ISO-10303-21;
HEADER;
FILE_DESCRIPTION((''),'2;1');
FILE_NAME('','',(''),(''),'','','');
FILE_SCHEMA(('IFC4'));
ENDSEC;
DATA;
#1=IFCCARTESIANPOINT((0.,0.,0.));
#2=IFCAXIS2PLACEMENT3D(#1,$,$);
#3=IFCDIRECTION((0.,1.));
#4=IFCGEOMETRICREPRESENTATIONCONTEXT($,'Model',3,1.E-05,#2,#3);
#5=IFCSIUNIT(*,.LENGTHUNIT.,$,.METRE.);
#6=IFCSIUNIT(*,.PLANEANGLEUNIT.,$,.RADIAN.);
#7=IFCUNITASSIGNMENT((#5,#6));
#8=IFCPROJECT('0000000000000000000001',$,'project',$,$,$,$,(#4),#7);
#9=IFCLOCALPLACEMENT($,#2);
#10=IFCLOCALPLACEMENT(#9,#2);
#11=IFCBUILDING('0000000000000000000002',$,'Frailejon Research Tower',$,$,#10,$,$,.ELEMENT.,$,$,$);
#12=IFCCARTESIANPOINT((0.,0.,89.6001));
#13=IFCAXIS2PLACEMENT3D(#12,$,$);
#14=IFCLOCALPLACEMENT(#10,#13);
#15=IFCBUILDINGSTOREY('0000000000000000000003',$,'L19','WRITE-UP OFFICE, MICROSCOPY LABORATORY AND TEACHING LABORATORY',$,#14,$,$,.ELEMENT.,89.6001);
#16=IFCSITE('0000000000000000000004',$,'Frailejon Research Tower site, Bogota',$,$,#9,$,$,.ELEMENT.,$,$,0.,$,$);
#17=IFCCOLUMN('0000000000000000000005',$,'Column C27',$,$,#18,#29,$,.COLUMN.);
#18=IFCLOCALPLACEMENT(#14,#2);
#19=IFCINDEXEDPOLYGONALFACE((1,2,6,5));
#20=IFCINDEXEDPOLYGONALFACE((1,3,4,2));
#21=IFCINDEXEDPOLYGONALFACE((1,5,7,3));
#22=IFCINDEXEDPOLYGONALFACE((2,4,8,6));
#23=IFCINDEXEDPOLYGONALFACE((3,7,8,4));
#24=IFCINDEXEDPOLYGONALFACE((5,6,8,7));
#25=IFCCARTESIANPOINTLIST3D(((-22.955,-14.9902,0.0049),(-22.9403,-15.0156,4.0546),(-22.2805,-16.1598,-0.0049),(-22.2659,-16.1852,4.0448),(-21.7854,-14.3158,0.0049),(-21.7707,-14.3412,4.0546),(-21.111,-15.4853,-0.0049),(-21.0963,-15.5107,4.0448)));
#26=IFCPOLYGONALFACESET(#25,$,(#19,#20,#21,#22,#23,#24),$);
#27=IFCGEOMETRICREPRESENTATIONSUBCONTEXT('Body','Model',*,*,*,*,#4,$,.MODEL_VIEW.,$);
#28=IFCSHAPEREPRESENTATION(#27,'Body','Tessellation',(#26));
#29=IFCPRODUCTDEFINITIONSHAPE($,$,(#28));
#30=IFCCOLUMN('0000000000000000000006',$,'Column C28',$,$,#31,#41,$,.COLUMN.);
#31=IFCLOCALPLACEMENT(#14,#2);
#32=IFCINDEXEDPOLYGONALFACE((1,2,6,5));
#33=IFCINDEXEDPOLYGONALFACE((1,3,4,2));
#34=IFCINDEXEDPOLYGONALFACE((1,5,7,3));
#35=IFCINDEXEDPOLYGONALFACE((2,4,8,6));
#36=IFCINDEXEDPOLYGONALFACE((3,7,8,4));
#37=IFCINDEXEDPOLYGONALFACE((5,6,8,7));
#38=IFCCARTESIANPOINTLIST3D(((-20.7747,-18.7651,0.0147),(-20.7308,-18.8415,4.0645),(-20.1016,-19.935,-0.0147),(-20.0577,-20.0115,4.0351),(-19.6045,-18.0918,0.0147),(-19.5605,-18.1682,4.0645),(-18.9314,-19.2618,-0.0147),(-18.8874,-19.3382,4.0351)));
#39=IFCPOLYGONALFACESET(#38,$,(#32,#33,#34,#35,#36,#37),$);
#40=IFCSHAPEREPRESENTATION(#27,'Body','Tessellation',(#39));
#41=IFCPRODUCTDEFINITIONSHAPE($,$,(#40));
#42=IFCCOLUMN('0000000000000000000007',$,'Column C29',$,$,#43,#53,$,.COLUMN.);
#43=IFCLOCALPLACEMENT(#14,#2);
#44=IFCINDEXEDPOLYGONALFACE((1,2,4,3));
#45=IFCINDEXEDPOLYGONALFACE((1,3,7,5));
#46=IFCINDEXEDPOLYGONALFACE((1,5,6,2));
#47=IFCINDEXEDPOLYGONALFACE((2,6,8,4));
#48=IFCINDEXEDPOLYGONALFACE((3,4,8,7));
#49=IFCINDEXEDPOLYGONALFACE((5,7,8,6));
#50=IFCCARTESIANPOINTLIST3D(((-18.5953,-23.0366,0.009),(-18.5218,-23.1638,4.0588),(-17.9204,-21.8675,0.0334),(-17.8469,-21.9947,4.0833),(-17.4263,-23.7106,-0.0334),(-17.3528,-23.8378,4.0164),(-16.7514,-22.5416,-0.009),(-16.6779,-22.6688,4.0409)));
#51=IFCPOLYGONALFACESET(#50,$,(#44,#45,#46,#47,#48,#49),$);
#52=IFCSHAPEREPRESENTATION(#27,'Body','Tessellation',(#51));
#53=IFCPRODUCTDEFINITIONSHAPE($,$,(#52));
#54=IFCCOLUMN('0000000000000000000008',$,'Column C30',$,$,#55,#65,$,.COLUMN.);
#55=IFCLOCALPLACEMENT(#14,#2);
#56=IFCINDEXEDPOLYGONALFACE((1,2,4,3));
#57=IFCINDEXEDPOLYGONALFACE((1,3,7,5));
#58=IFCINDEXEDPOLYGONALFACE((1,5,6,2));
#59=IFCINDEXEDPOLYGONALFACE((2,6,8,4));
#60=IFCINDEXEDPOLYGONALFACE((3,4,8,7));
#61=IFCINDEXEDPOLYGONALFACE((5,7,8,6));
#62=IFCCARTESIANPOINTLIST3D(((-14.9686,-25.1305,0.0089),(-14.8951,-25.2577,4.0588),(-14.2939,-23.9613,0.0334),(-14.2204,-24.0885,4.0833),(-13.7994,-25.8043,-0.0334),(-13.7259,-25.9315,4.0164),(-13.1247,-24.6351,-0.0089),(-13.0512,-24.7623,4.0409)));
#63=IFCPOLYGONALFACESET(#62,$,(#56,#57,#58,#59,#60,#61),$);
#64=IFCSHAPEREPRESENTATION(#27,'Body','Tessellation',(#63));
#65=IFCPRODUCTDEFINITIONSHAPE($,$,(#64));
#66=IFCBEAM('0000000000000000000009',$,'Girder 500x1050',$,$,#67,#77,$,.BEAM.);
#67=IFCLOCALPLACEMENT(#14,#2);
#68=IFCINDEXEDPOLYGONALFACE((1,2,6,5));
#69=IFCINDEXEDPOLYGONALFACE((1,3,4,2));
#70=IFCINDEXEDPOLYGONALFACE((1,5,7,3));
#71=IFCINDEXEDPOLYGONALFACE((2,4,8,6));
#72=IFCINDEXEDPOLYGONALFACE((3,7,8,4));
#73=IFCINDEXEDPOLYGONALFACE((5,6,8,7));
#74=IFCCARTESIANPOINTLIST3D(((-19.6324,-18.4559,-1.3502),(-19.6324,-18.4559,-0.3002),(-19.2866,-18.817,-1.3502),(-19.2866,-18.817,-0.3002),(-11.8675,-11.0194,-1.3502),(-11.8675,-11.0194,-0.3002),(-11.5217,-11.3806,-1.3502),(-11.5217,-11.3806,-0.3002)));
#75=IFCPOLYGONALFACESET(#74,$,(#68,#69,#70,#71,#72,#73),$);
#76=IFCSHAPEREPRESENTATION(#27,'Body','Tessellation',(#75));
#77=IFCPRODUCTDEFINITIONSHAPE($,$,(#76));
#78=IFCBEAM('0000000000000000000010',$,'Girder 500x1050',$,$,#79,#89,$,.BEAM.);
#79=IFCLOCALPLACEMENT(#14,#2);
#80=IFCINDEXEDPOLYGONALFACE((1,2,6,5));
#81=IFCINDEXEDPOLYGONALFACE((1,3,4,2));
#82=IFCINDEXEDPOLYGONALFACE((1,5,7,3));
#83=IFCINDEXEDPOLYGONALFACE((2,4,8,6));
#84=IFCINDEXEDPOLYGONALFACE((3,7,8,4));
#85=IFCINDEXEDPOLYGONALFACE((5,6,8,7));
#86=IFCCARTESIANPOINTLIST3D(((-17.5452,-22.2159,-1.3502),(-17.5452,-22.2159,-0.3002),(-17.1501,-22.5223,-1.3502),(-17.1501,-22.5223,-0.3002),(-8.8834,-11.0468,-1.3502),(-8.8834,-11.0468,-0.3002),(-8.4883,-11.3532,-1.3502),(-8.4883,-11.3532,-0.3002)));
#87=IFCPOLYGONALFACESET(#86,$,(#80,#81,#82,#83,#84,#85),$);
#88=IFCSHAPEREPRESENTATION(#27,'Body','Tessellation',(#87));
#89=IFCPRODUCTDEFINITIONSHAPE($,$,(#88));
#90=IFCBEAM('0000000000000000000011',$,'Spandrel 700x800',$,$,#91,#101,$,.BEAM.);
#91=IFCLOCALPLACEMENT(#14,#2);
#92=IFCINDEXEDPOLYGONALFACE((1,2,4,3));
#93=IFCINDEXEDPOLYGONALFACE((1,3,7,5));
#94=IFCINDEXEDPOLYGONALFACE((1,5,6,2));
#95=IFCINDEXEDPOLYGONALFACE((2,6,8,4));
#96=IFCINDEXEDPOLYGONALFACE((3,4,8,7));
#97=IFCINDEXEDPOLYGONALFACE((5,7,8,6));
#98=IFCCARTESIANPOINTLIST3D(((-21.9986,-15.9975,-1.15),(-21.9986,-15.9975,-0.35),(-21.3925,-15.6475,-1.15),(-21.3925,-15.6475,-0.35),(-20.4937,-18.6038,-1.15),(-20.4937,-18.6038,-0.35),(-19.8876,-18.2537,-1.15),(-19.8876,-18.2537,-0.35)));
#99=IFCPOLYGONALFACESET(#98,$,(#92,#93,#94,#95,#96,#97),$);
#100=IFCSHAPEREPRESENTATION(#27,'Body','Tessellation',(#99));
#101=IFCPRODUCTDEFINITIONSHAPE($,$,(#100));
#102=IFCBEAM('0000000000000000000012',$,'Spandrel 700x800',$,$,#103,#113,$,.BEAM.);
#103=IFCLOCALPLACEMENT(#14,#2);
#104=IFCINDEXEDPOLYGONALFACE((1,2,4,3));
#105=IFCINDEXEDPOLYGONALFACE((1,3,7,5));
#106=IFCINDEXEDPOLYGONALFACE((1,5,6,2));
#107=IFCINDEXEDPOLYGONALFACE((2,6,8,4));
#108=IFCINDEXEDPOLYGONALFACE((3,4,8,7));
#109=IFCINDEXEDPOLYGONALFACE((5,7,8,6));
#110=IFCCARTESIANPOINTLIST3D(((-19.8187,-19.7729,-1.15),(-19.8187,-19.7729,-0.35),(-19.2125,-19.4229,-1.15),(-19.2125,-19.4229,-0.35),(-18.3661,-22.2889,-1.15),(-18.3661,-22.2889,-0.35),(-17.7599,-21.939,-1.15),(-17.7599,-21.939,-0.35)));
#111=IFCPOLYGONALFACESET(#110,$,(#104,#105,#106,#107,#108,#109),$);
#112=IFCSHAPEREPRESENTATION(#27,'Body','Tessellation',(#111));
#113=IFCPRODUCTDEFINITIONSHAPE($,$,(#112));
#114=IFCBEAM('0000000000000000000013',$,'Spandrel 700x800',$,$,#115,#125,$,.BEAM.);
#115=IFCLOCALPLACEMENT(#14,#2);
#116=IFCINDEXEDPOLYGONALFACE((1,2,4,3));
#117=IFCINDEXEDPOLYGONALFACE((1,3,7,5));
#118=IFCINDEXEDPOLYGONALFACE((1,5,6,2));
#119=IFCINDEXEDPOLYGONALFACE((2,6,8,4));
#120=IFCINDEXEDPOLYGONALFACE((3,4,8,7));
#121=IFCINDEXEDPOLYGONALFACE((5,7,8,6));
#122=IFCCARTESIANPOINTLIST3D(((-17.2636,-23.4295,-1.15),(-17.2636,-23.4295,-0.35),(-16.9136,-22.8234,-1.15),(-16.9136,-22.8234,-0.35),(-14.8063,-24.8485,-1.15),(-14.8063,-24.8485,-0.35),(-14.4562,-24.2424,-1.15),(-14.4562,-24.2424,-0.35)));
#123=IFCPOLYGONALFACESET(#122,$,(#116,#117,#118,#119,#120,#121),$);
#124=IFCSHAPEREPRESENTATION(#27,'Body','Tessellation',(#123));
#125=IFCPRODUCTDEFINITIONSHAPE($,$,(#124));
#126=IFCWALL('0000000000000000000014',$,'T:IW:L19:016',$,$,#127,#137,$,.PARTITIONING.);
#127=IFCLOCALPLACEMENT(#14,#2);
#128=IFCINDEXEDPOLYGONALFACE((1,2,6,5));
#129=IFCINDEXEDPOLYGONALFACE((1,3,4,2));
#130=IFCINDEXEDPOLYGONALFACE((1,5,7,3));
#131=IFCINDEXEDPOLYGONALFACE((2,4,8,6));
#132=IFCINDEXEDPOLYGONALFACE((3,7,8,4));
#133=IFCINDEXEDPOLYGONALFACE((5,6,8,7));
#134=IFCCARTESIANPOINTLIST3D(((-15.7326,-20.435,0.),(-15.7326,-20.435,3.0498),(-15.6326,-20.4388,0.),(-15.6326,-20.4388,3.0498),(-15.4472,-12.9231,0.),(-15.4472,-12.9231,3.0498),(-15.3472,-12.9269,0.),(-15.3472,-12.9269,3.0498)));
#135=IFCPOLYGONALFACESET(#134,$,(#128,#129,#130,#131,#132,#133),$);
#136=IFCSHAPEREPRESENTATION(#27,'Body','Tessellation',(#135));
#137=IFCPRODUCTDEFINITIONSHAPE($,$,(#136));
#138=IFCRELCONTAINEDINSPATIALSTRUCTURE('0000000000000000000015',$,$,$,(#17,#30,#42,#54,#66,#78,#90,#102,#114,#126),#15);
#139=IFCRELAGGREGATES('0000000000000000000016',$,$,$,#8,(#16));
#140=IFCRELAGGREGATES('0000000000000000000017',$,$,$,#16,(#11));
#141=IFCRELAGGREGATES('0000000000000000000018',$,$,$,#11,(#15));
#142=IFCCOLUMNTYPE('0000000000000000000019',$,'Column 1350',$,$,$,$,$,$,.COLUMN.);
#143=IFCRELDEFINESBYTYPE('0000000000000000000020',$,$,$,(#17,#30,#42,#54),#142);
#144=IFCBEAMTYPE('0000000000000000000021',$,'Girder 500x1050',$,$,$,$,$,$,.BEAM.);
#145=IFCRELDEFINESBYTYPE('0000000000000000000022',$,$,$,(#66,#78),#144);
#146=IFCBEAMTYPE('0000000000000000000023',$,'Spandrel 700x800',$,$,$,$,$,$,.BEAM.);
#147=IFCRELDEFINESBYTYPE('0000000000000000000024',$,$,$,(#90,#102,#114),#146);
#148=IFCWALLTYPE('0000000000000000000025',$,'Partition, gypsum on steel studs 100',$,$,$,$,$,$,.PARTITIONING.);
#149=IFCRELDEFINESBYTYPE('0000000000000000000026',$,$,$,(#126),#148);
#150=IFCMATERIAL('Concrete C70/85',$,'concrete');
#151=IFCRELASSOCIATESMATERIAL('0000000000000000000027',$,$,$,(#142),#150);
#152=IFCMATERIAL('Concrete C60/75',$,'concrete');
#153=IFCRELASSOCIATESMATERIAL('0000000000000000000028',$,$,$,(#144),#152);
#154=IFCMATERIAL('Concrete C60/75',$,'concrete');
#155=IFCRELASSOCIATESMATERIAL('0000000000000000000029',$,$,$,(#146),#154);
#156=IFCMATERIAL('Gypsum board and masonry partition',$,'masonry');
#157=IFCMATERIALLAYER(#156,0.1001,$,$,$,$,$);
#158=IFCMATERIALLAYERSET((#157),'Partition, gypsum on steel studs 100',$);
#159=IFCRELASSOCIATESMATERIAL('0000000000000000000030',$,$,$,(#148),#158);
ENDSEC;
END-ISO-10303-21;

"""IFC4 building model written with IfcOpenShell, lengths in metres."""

from ifc_helpers import new_model, si_unit, direction, frame, frame_2d, origin, origin_2d, place, context, subcontext, project, spatial, rectangle, extrude, material, layer, layer_set, material_profile, profile_set, type_object, element, save


model = new_model("IFC4")

# Units and contexts
model_context = context("Model", 3, precision=1e-05, world=origin(), true_north=direction((0.0, 1.0)))
body_context = subcontext(model_context, "Body", "Model", "MODEL_VIEW")
ifc_project = project(units=[si_unit("LENGTHUNIT", "METRE"), si_unit("PLANEANGLEUNIT", "RADIAN")], contexts=[model_context])

# Site, building, storey
site_placement = place(None, origin())
site = spatial("IfcSite", under=ifc_project, at=site_placement, Name="Frailejon Research Tower site, Bogota", CompositionType="ELEMENT", RefElevation=0.0)
building_placement = place(site_placement, origin())
building = spatial("IfcBuilding", under=site, at=building_placement, Name="Frailejon Research Tower", CompositionType="ELEMENT")
storey_placement = place(building_placement, frame((0.0, 0.0, 89.6001)))
storey = spatial("IfcBuildingStorey", under=building, at=storey_placement, Name="L19", Description="WRITE-UP OFFICE, MICROSCOPY LABORATORY AND TEACHING LABORATORY", CompositionType="ELEMENT", Elevation=89.6001)

# Columns
ifc_material_1 = material(Name="Concrete C70/85", Category="concrete")
ifc_material_profile_1 = material_profile(ifc_material_1, rectangle(XDim=1.3501, YDim=1.3501, at=origin_2d()), Name="Column 1350")
ifc_profile_set_1 = profile_set([ifc_material_profile_1], Name="Concrete C70/85")
column_type = type_object("IfcColumnType", Name="Column 1350", PredefinedType="COLUMN", material=ifc_profile_set_1)
column_1_placement = place(storey_placement, frame((-22.033, -15.2378, 0.0), z_axis=(0.003617, -0.006269, 0.999974), x_axis=(0.499535, -0.866263, -0.007238)))
element("IfcColumn", 1, at=column_1_placement, inside=storey, type_object=column_type, Name="Column C27", PredefinedType="COLUMN", context=body_context, shape_type="SweptSolid", body=[
    extrude(rectangle(XDim=1.3501, YDim=1.3501, at=origin_2d()), origin(), (0.0, 0.0, 1.0), 4.0498),
])
column_2_placement = place(storey_placement, frame((-19.853, -19.0134, 0.0), z_axis=(0.010849, -0.018865, 0.999763), x_axis=(0.498562, -0.866581, -0.021762)))
element("IfcColumn", 2, at=column_2_placement, inside=storey, type_object=column_type, Name="Column C28", PredefinedType="COLUMN", context=body_context, shape_type="SweptSolid", body=[
    extrude(rectangle(XDim=1.3501, YDim=1.3501, at=origin_2d()), origin(), (0.0, 0.0, 1.0), 4.0508),
])
for number, where, z_axis, x_axis, name in (
    (3, (-17.6733, -22.7891, 0.0), (0.018134, -0.031388, 0.999343), (0.865885, -0.499257, -0.031393), "Column C29"),
    (4, (-14.0466, -24.8828, 0.0), (0.018134, -0.031388, 0.999343), (0.865999, -0.499059, -0.031389), "Column C30"),
):
    element("IfcColumn", number, at=place(storey_placement, frame(where, z_axis=z_axis, x_axis=x_axis)), inside=storey, type_object=column_type, Name=name, PredefinedType="COLUMN", context=body_context, shape_type="SweptSolid", body=[
        extrude(rectangle(XDim=1.3501, YDim=1.3501, at=origin_2d()), origin(), (0.0, 0.0, 1.0), 4.0525),
    ])

# Beams
ifc_material_2 = material(Name="Concrete C60/75", Category="concrete")
ifc_material_profile_2 = material_profile(ifc_material_2, rectangle(XDim=0.5, YDim=1.05, at=origin_2d()), Name="Girder 500x1050")
ifc_profile_set_2 = profile_set([ifc_material_profile_2], Name="Concrete C60/75")
beam_type_1 = type_object("IfcBeamType", Name="Girder 500x1050", PredefinedType="BEAM", material=ifc_profile_set_2)
beam_1_placement = place(storey_placement, frame((-19.4595, -18.6365, -0.8252), z_axis=(0.722213, 0.691671, 0.0), x_axis=(-0.691671, 0.722213, 0.0)))
element("IfcBeam", 5, at=beam_1_placement, inside=storey, type_object=beam_type_1, Name="Girder 500x1050", PredefinedType="BEAM", context=body_context, shape_type="SweptSolid", body=[
    extrude(rectangle(XDim=0.5, YDim=1.05, at=origin_2d()), origin(), (0.0, 0.0, 1.0), 10.7515),
])
beam_2_placement = place(storey_placement, frame((-17.3477, -22.3691, -0.8252), z_axis=(0.612826, 0.790218, 0.0), x_axis=(-0.790218, 0.612826, 0.0)))
element("IfcBeam", 6, at=beam_2_placement, inside=storey, type_object=beam_type_1, Name="Girder 500x1050", PredefinedType="BEAM", context=body_context, shape_type="SweptSolid", body=[
    extrude(rectangle(XDim=0.5, YDim=1.05, at=origin_2d()), origin(), (0.0, 0.0, 1.0), 14.1343),
])
ifc_material_3 = material(Name="Concrete C60/75", Category="concrete")
ifc_material_profile_3 = material_profile(ifc_material_3, rectangle(XDim=0.7, YDim=0.8, at=origin_2d()), Name="Spandrel 700x800")
ifc_profile_set_3 = profile_set([ifc_material_profile_3], Name="Concrete C60/75")
beam_type_2 = type_object("IfcBeamType", Name="Spandrel 700x800", PredefinedType="BEAM", material=ifc_profile_set_3)
beam_3_placement = place(storey_placement, frame((-21.6956, -15.8225, -0.75), z_axis=(0.500048, -0.865998, 0.0), x_axis=(0.865998, 0.500048, 0.0)))
element("IfcBeam", 7, at=beam_3_placement, inside=storey, type_object=beam_type_2, Name="Spandrel 700x800", PredefinedType="BEAM", context=body_context, shape_type="SweptSolid", body=[
    extrude(rectangle(XDim=0.7, YDim=0.8, at=origin_2d()), origin(), (0.0, 0.0, 1.0), 3.0095),
])
beam_4_placement = place(storey_placement, frame((-19.5156, -19.5979, -0.75), z_axis=(0.499989, -0.866032, 0.0), x_axis=(0.866032, 0.499989, 0.0)))
element("IfcBeam", 8, at=beam_4_placement, inside=storey, type_object=beam_type_2, Name="Spandrel 700x800", PredefinedType="BEAM", context=body_context, shape_type="SweptSolid", body=[
    extrude(rectangle(XDim=0.7, YDim=0.8, at=origin_2d()), origin(), (0.0, 0.0, 1.0), 2.9053),
])
beam_5_placement = place(storey_placement, frame((-17.0886, -23.1265, -0.75), z_axis=(0.865989, -0.500063, 0.0), x_axis=(0.500063, 0.865989, 0.0)))
element("IfcBeam", 9, at=beam_5_placement, inside=storey, type_object=beam_type_2, Name="Spandrel 700x800", PredefinedType="BEAM", context=body_context, shape_type="SweptSolid", body=[
    extrude(rectangle(XDim=0.7, YDim=0.8, at=origin_2d()), origin(), (0.0, 0.0, 1.0), 2.8376),
])

# Wall
ifc_material_4 = material(Name="Gypsum board and masonry partition", Category="masonry")
ifc_layer_1 = layer(ifc_material_4, 0.1001)
ifc_layer_set_1 = layer_set([ifc_layer_1], Name="Partition, gypsum on steel studs 100")
wall_type_1 = type_object("IfcWallType", Name="Partition, gypsum on steel studs 100", PredefinedType="PARTITIONING", material=ifc_layer_set_1)
wall_1_placement = place(storey_placement, frame((-15.6826, -20.437, 0.0), z_axis=(0.0, 0.0, 1.0), x_axis=(0.037965, 0.999279, 0.0)))
element("IfcWall", 10, at=wall_1_placement, inside=storey, type_object=wall_type_1, Name="T:IW:L19:016", PredefinedType="PARTITIONING", context=body_context, shape_type="SweptSolid", body=[
    extrude(rectangle(XDim=7.5173, YDim=0.1001, at=frame_2d((3.7588, 0.0))), origin(), (0.0, 0.0, 1.0), 3.0498),
])

save(model, "model.ifc")
